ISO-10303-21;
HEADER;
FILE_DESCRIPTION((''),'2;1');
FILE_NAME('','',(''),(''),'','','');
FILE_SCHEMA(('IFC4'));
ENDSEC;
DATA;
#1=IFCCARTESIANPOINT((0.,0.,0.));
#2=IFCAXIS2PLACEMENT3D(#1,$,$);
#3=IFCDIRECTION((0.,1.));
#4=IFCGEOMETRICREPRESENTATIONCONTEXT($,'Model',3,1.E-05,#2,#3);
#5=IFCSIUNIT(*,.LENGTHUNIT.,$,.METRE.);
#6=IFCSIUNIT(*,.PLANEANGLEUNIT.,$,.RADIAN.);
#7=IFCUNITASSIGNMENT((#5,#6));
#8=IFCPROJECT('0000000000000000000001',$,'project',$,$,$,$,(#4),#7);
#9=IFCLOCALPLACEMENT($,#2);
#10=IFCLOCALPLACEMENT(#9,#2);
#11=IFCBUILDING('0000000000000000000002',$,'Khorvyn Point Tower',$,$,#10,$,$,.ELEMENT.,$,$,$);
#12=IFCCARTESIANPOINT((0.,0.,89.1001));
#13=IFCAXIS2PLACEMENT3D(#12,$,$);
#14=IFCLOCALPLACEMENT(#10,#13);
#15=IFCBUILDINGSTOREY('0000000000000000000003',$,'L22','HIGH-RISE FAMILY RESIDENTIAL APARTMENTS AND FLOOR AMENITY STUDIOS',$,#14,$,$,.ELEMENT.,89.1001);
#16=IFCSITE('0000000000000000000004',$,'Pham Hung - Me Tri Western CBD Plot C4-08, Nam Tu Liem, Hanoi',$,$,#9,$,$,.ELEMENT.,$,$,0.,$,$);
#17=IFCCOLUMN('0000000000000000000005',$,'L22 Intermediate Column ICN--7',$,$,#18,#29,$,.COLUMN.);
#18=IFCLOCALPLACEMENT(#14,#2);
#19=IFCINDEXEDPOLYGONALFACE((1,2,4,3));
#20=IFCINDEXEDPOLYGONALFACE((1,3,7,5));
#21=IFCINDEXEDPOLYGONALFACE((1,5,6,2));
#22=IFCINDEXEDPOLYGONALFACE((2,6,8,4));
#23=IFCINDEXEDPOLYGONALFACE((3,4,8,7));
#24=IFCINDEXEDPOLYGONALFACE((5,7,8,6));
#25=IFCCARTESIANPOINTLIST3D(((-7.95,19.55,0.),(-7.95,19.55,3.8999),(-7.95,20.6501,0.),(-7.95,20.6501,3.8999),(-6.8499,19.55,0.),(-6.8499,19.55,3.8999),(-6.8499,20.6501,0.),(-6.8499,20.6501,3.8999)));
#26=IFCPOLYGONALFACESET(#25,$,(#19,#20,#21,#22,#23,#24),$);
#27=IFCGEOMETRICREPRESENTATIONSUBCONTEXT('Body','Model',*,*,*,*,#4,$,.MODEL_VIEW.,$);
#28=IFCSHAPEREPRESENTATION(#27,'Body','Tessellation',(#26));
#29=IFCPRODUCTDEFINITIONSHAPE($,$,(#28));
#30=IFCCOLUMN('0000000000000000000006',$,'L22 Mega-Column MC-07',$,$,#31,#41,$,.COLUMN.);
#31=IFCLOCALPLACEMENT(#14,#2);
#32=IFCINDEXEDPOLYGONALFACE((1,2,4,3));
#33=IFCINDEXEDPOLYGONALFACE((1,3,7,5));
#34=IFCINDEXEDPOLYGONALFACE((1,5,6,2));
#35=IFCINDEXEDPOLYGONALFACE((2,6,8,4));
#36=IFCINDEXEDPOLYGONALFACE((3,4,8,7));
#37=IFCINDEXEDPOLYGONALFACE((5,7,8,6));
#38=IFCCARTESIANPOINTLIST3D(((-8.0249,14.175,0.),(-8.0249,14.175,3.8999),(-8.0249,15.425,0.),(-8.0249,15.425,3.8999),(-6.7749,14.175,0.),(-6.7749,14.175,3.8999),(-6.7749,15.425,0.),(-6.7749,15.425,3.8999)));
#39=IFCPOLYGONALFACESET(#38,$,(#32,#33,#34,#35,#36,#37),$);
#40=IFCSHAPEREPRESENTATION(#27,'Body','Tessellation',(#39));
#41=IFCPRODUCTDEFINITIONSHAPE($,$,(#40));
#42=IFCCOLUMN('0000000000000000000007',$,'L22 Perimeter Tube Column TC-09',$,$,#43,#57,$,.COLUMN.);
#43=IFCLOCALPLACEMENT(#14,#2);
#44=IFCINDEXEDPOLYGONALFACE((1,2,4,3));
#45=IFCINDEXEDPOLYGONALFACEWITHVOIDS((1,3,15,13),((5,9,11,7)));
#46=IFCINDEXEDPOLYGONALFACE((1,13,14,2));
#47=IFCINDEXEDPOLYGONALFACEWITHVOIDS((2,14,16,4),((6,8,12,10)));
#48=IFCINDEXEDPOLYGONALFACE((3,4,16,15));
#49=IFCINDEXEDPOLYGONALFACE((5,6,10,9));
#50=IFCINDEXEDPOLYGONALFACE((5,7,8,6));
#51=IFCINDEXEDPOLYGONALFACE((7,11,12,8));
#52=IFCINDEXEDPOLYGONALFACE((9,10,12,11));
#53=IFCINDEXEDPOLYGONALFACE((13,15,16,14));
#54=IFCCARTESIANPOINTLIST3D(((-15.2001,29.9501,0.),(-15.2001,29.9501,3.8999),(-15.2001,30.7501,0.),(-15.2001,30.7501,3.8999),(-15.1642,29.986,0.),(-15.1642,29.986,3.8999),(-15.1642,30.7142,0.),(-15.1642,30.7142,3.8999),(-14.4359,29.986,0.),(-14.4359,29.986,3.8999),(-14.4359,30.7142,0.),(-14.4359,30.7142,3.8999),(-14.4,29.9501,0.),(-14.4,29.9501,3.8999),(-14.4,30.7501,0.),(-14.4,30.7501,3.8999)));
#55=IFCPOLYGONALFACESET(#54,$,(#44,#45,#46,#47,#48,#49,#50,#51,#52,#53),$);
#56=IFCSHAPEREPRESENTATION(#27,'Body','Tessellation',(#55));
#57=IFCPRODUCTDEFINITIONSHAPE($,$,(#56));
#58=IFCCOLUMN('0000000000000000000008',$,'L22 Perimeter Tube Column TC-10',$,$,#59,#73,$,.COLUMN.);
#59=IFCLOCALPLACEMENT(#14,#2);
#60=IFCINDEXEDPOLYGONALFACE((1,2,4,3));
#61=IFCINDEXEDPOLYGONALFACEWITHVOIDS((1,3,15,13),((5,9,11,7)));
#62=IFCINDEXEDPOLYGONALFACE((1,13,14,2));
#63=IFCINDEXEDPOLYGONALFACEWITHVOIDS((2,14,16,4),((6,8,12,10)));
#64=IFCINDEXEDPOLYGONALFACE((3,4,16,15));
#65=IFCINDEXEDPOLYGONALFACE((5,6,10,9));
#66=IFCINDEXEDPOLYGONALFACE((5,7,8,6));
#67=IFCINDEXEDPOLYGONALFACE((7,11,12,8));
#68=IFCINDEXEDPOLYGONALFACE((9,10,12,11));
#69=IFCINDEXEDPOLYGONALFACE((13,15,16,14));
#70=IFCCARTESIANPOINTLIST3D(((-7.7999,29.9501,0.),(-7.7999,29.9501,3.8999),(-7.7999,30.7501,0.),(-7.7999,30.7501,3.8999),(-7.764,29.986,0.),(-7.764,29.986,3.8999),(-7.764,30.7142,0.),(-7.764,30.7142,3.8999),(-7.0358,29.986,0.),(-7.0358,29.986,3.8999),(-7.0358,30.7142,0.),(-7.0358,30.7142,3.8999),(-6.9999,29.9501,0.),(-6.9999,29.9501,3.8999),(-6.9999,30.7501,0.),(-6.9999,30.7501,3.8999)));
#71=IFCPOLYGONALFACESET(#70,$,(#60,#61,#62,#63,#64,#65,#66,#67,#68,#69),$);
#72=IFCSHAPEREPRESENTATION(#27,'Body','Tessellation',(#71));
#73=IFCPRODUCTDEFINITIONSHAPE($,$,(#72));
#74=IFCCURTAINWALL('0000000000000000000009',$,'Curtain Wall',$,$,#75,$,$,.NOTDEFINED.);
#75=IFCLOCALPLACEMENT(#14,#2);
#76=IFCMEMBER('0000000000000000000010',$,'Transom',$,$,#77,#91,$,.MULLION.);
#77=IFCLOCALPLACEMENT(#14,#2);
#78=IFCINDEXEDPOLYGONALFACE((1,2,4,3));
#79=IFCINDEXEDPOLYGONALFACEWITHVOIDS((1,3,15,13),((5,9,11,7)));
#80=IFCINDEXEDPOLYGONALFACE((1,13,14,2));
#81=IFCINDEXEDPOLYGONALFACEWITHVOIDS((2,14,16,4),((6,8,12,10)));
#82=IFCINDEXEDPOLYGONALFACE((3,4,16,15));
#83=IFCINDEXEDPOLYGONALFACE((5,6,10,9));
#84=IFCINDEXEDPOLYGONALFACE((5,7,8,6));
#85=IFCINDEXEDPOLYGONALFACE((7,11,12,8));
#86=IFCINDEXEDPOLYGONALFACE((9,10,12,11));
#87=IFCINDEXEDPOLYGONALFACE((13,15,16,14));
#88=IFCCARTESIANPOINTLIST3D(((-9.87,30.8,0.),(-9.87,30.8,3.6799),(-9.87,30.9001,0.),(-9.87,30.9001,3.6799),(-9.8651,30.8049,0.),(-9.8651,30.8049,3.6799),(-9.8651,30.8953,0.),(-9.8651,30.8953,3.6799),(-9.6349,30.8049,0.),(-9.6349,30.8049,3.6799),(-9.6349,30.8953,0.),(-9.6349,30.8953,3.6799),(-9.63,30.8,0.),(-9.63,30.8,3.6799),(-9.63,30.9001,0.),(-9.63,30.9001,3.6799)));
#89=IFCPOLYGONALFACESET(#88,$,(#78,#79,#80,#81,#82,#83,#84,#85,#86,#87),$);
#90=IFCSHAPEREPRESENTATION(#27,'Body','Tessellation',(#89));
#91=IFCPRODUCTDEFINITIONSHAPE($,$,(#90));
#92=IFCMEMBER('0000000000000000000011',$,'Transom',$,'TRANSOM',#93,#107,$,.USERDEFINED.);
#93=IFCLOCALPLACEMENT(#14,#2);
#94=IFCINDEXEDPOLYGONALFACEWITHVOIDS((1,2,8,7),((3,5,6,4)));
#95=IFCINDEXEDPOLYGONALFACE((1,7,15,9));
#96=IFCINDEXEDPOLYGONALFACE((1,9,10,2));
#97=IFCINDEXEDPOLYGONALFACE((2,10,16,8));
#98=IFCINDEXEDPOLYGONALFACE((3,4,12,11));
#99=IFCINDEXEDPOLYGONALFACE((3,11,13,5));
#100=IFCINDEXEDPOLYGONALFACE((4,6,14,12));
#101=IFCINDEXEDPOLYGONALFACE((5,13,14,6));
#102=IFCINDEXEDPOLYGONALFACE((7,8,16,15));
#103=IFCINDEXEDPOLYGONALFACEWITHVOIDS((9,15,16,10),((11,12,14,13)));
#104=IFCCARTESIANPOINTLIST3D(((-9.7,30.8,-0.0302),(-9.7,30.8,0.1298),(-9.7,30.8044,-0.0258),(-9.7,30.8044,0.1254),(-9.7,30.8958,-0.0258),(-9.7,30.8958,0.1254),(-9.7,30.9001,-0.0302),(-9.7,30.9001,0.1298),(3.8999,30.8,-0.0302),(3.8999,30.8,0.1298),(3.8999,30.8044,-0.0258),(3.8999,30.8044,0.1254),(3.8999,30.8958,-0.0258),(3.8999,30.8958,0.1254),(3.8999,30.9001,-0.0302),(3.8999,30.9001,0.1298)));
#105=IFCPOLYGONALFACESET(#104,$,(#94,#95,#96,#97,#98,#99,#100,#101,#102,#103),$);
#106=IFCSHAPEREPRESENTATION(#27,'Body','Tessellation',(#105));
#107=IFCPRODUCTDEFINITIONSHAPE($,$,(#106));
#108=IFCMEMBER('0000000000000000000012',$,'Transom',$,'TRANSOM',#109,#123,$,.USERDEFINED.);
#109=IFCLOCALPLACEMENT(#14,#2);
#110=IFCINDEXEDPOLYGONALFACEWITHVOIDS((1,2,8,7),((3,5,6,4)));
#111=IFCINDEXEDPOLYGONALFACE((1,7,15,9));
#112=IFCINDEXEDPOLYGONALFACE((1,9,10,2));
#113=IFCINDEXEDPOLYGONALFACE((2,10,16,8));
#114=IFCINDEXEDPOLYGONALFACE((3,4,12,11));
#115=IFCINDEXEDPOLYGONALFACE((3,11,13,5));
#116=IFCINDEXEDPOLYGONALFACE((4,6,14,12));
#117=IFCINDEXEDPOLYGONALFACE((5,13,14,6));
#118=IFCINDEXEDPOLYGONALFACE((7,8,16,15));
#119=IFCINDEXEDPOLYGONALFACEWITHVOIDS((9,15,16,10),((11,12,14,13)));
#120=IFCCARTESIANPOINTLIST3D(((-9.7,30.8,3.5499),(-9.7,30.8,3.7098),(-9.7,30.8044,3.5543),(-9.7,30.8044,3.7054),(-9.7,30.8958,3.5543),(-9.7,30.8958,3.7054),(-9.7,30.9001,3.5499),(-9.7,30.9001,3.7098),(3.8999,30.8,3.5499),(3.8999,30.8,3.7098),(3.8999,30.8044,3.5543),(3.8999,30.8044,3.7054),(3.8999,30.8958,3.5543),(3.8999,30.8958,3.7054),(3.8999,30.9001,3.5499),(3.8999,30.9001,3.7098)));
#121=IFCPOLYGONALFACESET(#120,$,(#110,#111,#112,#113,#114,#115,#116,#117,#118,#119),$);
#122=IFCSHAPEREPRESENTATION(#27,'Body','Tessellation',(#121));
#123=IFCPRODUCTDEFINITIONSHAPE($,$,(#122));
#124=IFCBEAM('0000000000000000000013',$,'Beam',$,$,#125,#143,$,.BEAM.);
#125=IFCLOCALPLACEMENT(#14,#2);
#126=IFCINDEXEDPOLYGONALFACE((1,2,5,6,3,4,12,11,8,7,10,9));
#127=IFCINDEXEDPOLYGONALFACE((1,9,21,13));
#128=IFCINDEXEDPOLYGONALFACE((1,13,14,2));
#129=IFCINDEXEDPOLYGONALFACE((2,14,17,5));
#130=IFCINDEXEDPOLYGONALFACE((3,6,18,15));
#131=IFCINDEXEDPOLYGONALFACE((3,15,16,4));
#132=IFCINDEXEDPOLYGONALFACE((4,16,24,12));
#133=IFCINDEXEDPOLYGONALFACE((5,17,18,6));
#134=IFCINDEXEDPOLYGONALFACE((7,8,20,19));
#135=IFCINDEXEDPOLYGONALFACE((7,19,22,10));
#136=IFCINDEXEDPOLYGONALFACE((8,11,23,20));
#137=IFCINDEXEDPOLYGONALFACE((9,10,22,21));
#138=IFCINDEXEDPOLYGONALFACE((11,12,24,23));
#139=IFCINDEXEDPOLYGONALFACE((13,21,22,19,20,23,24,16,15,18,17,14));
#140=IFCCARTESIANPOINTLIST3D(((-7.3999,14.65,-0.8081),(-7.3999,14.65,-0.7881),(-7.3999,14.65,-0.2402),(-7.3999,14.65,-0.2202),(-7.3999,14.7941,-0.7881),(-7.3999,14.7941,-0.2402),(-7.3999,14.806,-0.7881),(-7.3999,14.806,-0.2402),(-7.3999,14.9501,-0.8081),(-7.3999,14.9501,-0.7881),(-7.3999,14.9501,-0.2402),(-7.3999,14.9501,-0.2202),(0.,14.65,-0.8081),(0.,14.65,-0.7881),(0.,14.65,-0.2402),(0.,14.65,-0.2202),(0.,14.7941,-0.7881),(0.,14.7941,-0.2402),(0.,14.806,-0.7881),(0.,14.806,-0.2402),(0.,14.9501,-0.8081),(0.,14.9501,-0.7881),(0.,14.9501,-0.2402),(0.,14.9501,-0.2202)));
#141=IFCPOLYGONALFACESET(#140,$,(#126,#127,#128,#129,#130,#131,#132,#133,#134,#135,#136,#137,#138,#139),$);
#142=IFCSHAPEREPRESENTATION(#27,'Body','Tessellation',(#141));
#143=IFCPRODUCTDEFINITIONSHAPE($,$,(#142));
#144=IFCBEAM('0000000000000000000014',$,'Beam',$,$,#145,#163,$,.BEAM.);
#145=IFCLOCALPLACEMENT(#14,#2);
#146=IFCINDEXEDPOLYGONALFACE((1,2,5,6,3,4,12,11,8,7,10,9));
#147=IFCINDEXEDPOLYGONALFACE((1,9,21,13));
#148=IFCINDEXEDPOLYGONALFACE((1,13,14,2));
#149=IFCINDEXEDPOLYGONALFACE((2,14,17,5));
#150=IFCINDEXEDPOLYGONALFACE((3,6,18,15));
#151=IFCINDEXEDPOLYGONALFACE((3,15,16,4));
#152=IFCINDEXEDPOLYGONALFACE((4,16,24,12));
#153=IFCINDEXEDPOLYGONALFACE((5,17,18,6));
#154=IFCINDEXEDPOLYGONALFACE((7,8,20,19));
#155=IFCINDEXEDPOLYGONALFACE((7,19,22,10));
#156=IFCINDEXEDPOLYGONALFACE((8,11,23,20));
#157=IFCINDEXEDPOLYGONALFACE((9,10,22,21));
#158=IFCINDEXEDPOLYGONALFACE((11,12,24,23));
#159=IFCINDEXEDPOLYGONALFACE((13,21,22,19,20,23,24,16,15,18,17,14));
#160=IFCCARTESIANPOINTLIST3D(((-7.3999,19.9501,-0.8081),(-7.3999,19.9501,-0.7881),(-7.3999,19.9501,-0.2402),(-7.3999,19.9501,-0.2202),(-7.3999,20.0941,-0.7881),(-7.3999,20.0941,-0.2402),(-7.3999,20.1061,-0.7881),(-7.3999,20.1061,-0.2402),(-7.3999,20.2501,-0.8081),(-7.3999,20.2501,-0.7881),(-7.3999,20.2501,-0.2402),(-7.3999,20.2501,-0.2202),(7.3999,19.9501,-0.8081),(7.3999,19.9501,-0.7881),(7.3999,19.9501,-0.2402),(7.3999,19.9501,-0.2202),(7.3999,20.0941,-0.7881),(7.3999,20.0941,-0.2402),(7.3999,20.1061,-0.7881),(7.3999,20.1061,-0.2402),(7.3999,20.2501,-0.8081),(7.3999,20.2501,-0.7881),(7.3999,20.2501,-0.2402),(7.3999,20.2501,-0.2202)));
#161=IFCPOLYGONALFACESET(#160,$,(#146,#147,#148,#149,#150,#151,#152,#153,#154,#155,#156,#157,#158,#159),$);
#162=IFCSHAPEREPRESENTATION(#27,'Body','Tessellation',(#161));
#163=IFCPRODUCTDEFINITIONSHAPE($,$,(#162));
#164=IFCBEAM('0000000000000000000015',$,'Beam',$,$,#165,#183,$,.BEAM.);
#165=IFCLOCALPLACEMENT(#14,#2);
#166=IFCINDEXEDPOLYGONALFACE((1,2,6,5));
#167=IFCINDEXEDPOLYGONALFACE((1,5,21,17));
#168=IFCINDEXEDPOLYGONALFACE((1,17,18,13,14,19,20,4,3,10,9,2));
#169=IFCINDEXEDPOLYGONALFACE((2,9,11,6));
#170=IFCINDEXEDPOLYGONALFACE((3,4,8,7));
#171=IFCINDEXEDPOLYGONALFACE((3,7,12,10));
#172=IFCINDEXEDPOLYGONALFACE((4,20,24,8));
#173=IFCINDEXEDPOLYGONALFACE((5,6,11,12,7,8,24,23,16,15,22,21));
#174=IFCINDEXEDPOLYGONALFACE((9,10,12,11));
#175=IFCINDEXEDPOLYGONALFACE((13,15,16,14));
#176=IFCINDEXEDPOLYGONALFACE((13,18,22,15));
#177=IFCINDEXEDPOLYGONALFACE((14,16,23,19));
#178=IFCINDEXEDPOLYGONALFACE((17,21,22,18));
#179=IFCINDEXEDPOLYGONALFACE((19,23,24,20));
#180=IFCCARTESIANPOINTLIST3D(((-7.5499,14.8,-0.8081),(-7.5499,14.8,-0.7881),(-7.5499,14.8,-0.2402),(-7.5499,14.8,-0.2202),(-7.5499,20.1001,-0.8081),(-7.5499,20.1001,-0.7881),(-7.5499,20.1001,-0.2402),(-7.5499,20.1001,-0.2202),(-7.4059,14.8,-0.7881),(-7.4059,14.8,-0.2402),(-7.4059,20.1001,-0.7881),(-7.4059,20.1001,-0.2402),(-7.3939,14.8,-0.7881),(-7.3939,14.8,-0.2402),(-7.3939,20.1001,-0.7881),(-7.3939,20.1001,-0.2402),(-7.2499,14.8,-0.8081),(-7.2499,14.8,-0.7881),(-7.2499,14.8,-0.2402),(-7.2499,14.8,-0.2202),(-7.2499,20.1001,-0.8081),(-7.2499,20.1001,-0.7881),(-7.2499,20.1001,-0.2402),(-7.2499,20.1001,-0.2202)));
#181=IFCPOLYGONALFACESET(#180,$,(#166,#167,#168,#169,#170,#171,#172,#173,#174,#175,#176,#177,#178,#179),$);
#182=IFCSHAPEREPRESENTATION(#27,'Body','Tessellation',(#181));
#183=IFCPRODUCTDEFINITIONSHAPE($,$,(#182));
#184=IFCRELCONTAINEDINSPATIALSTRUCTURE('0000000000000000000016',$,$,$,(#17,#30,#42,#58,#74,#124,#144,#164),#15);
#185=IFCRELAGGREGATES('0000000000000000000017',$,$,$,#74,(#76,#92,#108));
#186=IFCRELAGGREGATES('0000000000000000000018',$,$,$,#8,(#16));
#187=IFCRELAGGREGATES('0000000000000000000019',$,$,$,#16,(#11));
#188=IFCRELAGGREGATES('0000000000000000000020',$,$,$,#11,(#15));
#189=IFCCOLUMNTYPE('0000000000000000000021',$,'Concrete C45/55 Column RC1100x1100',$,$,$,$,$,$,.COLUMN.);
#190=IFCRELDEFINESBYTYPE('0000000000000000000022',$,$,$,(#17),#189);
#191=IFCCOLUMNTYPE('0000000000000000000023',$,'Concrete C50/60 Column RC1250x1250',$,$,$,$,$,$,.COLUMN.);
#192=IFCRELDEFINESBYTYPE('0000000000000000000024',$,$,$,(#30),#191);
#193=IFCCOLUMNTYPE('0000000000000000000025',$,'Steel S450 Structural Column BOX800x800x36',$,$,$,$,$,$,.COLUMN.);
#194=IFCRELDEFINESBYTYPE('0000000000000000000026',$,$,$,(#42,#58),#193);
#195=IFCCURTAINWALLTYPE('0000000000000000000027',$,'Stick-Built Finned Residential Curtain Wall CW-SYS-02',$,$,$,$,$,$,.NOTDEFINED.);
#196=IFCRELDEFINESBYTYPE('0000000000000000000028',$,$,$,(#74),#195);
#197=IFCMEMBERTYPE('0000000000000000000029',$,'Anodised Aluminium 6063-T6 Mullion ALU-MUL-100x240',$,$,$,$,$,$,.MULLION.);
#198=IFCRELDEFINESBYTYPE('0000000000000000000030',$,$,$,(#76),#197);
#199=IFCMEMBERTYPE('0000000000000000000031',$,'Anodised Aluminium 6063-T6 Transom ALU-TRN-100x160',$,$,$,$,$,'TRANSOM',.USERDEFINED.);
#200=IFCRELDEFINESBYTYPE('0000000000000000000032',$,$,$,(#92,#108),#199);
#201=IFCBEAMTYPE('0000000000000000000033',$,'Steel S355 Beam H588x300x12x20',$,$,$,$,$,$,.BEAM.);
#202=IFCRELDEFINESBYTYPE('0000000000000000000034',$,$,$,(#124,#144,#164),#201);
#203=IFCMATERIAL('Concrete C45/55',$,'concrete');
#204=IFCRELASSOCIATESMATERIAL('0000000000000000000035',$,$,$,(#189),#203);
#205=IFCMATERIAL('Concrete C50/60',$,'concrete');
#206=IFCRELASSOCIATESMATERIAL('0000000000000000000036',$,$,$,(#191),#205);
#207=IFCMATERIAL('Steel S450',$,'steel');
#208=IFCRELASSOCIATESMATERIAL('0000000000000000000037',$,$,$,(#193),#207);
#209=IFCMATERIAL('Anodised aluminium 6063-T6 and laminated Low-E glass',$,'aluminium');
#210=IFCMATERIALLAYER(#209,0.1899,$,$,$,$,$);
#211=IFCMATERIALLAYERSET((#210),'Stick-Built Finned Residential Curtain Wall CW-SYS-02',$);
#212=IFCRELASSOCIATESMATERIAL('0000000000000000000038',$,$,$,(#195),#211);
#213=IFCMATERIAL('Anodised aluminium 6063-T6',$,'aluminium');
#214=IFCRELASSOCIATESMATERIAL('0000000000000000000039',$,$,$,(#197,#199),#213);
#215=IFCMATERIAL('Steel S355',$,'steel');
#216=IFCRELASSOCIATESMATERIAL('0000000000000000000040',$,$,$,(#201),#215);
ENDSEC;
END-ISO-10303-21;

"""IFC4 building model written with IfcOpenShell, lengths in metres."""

from ifc_helpers import new_model, si_unit, direction, frame, origin, origin_2d, place, context, subcontext, project, spatial, rectangle, hollow_rectangle, i_section, extrude, material, layer, layer_set, material_profile, profile_set, type_object, element, aggregate, save


model = new_model("IFC4")

# Units and contexts
model_context = context("Model", 3, precision=1e-05, world=origin(), true_north=direction((0.0, 1.0)))
body_context = subcontext(model_context, "Body", "Model", "MODEL_VIEW")
ifc_project = project(units=[si_unit("LENGTHUNIT", "METRE"), si_unit("PLANEANGLEUNIT", "RADIAN")], contexts=[model_context])

# Site, building, storey
site_placement = place(None, origin())
site = spatial("IfcSite", under=ifc_project, at=site_placement, Name="Pham Hung - Me Tri Western CBD Plot C4-08, Nam Tu Liem, Hanoi", CompositionType="ELEMENT", RefElevation=0.0)
building_placement = place(site_placement, origin())
building = spatial("IfcBuilding", under=site, at=building_placement, Name="Khorvyn Point Tower", CompositionType="ELEMENT")
storey_placement = place(building_placement, frame((0.0, 0.0, 89.1001)))
storey = spatial("IfcBuildingStorey", under=building, at=storey_placement, Name="L22", Description="HIGH-RISE FAMILY RESIDENTIAL APARTMENTS AND FLOOR AMENITY STUDIOS", CompositionType="ELEMENT", Elevation=89.1001)

# Columns
ifc_material_1 = material(Name="Concrete C45/55", Category="concrete")
ifc_material_profile_1 = material_profile(ifc_material_1, rectangle(XDim=1.1001, YDim=1.1001, at=origin_2d()))
ifc_profile_set_1 = profile_set([ifc_material_profile_1], Name="Concrete C45/55 RC1100x1100")
column_type_1 = type_object("IfcColumnType", Name="Concrete C45/55 Column RC1100x1100", PredefinedType="COLUMN", material=ifc_profile_set_1)
column_1_placement = place(storey_placement, frame((-7.3999, 20.1001, 0.0), z_axis=(0.0, 0.0, 1.0), x_axis=(1.0, 0.0, 0.0)))
element("IfcColumn", 1, at=column_1_placement, inside=storey, type_object=column_type_1, Name="L22 Intermediate Column ICN--7", PredefinedType="COLUMN", context=body_context, shape_type="SweptSolid", body=[
    extrude(rectangle(XDim=1.1001, YDim=1.1001, at=origin_2d()), origin(), (0.0, 0.0, 1.0), 3.8999),
])
ifc_material_2 = material(Name="Concrete C50/60", Category="concrete")
ifc_material_profile_2 = material_profile(ifc_material_2, rectangle(XDim=1.25, YDim=1.25, at=origin_2d()))
ifc_profile_set_2 = profile_set([ifc_material_profile_2], Name="Concrete C50/60 RC1250x1250")
column_type_2 = type_object("IfcColumnType", Name="Concrete C50/60 Column RC1250x1250", PredefinedType="COLUMN", material=ifc_profile_set_2)
column_2_placement = place(storey_placement, frame((-7.3999, 14.8, 0.0), z_axis=(0.0, 0.0, 1.0), x_axis=(1.0, 0.0, 0.0)))
element("IfcColumn", 2, at=column_2_placement, inside=storey, type_object=column_type_2, Name="L22 Mega-Column MC-07", PredefinedType="COLUMN", context=body_context, shape_type="SweptSolid", body=[
    extrude(rectangle(XDim=1.25, YDim=1.25, at=origin_2d()), origin(), (0.0, 0.0, 1.0), 3.8999),
])
ifc_material_3 = material(Name="Steel S450", Category="steel")
ifc_material_profile_3 = material_profile(ifc_material_3, hollow_rectangle(XDim=0.8, YDim=0.8, WallThickness=0.0359, at=origin_2d()))
ifc_profile_set_3 = profile_set([ifc_material_profile_3], Name="Steel S450 BOX800x800x36")
column_type_3 = type_object("IfcColumnType", Name="Steel S450 Structural Column BOX800x800x36", PredefinedType="COLUMN", material=ifc_profile_set_3)
for number, where, z_axis, x_axis, name in (
    (3, (-14.8, 30.3501, 0.0), (0.0, 0.0, 1.0), (1.0, 0.0, 0.0), "L22 Perimeter Tube Column TC-09"),
    (4, (-7.3999, 30.3501, 0.0), (0.0, 0.0, 1.0), (1.0, 0.0, 0.0), "L22 Perimeter Tube Column TC-10"),
):
    element("IfcColumn", number, at=place(storey_placement, frame(where, z_axis=z_axis, x_axis=x_axis)), inside=storey, type_object=column_type_3, Name=name, PredefinedType="COLUMN", context=body_context, shape_type="SweptSolid", body=[
        extrude(hollow_rectangle(XDim=0.8, YDim=0.8, WallThickness=0.0359, at=origin_2d()), origin(), (0.0, 0.0, 1.0), 3.8999),
    ])

# Curtain wall, members
ifc_material_4 = material(Name="Anodised aluminium 6063-T6 and laminated Low-E glass", Category="aluminium")
ifc_layer_1 = layer(ifc_material_4, 0.1899)
ifc_layer_set_1 = layer_set([ifc_layer_1], Name="Stick-Built Finned Residential Curtain Wall CW-SYS-02")
curtain_wall_type = type_object("IfcCurtainWallType", Name="Stick-Built Finned Residential Curtain Wall CW-SYS-02", PredefinedType="NOTDEFINED", material=ifc_layer_set_1)
curtain_wall_placement = place(storey_placement, origin())
curtain_wall = element("IfcCurtainWall", 5, at=curtain_wall_placement, inside=storey, type_object=curtain_wall_type, Name="Curtain Wall", PredefinedType="NOTDEFINED")
ifc_material_5 = material(Name="Anodised aluminium 6063-T6", Category="aluminium")
ifc_material_profile_4 = material_profile(ifc_material_5, hollow_rectangle(XDim=0.1001, YDim=0.24, WallThickness=0.0049, at=origin_2d()))
ifc_profile_set_4 = profile_set([ifc_material_profile_4], Name="Anodised aluminium 6063-T6 ALU-MUL-100x240")
member_type_1 = type_object("IfcMemberType", Name="Anodised Aluminium 6063-T6 Mullion ALU-MUL-100x240", PredefinedType="MULLION", material=ifc_profile_set_4)
member_1_placement = place(storey_placement, frame((-9.75, 30.8501, 0.0), z_axis=(0.0, 0.0, 1.0), x_axis=(0.0, 1.0, 0.0)))
member_1 = element("IfcMember", 6, at=member_1_placement, type_object=member_type_1, Name="Transom", PredefinedType="MULLION", context=body_context, shape_type="SweptSolid", body=[
    extrude(hollow_rectangle(XDim=0.1001, YDim=0.24, WallThickness=0.0049, at=origin_2d()), origin(), (0.0, 0.0, 1.0), 3.6799),
])
ifc_material_profile_5 = material_profile(ifc_material_5, hollow_rectangle(XDim=0.1001, YDim=0.1599, WallThickness=0.0044, at=origin_2d()))
ifc_profile_set_5 = profile_set([ifc_material_profile_5], Name="Anodised aluminium 6063-T6 ALU-TRN-100x160")
member_type_2 = type_object("IfcMemberType", Name="Anodised Aluminium 6063-T6 Transom ALU-TRN-100x160", ElementType="TRANSOM", PredefinedType="USERDEFINED", material=ifc_profile_set_5)
member_2_placement = place(storey_placement, frame((-9.7, 30.8501, 0.0498), z_axis=(1.0, 0.0, 0.0), x_axis=(0.0, 1.0, 0.0)))
member_2 = element("IfcMember", 7, at=member_2_placement, type_object=member_type_2, Name="Transom", ObjectType="TRANSOM", PredefinedType="USERDEFINED", context=body_context, shape_type="SweptSolid", body=[
    extrude(hollow_rectangle(XDim=0.1001, YDim=0.1599, WallThickness=0.0044, at=origin_2d()), origin(), (0.0, 0.0, 1.0), 13.5999),
])
member_3_placement = place(storey_placement, frame((-9.7, 30.8501, 3.6299), z_axis=(1.0, 0.0, 0.0), x_axis=(0.0, 1.0, 0.0)))
member_3 = element("IfcMember", 8, at=member_3_placement, type_object=member_type_2, Name="Transom", ObjectType="TRANSOM", PredefinedType="USERDEFINED", context=body_context, shape_type="SweptSolid", body=[
    extrude(hollow_rectangle(XDim=0.1001, YDim=0.1599, WallThickness=0.0044, at=origin_2d()), origin(), (0.0, 0.0, 1.0), 13.5999),
])

# Beams
ifc_material_6 = material(Name="Steel S355", Category="steel")
ifc_material_profile_6 = material_profile(ifc_material_6, i_section(OverallWidth=0.3, OverallDepth=0.5879, WebThickness=0.012, FlangeThickness=0.02, at=origin_2d()))
ifc_profile_set_6 = profile_set([ifc_material_profile_6], Name="Steel S355 H588x300x12x20")
beam_type_1 = type_object("IfcBeamType", Name="Steel S355 Beam H588x300x12x20", PredefinedType="BEAM", material=ifc_profile_set_6)
beam_1_placement = place(storey_placement, frame((-7.3999, 14.8, -0.5142), z_axis=(1.0, 0.0, 0.0), x_axis=(0.0, 1.0, 0.0)))
element("IfcBeam", 9, at=beam_1_placement, inside=storey, type_object=beam_type_1, Name="Beam", PredefinedType="BEAM", context=body_context, shape_type="SweptSolid", body=[
    extrude(i_section(OverallWidth=0.3, OverallDepth=0.5879, WebThickness=0.012, FlangeThickness=0.02, at=origin_2d()), origin(), (0.0, 0.0, 1.0), 7.3999),
])
beam_2_placement = place(storey_placement, frame((-7.3999, 20.1001, -0.5142), z_axis=(1.0, 0.0, 0.0), x_axis=(0.0, 1.0, 0.0)))
element("IfcBeam", 10, at=beam_2_placement, inside=storey, type_object=beam_type_1, Name="Beam", PredefinedType="BEAM", context=body_context, shape_type="SweptSolid", body=[
    extrude(i_section(OverallWidth=0.3, OverallDepth=0.5879, WebThickness=0.012, FlangeThickness=0.02, at=origin_2d()), origin(), (0.0, 0.0, 1.0), 14.7998),
])
beam_3_placement = place(storey_placement, frame((-7.3999, 14.8, -0.5142), z_axis=(0.0, 1.0, 0.0), x_axis=(-1.0, 0.0, 0.0)))
element("IfcBeam", 11, at=beam_3_placement, inside=storey, type_object=beam_type_1, Name="Beam", PredefinedType="BEAM", context=body_context, shape_type="SweptSolid", body=[
    extrude(i_section(OverallWidth=0.3, OverallDepth=0.5879, WebThickness=0.012, FlangeThickness=0.02, at=origin_2d()), origin(), (0.0, 0.0, 1.0), 5.3),
])

aggregate(curtain_wall, [member_1, member_2, member_3])

save(model, "model.ifc")
